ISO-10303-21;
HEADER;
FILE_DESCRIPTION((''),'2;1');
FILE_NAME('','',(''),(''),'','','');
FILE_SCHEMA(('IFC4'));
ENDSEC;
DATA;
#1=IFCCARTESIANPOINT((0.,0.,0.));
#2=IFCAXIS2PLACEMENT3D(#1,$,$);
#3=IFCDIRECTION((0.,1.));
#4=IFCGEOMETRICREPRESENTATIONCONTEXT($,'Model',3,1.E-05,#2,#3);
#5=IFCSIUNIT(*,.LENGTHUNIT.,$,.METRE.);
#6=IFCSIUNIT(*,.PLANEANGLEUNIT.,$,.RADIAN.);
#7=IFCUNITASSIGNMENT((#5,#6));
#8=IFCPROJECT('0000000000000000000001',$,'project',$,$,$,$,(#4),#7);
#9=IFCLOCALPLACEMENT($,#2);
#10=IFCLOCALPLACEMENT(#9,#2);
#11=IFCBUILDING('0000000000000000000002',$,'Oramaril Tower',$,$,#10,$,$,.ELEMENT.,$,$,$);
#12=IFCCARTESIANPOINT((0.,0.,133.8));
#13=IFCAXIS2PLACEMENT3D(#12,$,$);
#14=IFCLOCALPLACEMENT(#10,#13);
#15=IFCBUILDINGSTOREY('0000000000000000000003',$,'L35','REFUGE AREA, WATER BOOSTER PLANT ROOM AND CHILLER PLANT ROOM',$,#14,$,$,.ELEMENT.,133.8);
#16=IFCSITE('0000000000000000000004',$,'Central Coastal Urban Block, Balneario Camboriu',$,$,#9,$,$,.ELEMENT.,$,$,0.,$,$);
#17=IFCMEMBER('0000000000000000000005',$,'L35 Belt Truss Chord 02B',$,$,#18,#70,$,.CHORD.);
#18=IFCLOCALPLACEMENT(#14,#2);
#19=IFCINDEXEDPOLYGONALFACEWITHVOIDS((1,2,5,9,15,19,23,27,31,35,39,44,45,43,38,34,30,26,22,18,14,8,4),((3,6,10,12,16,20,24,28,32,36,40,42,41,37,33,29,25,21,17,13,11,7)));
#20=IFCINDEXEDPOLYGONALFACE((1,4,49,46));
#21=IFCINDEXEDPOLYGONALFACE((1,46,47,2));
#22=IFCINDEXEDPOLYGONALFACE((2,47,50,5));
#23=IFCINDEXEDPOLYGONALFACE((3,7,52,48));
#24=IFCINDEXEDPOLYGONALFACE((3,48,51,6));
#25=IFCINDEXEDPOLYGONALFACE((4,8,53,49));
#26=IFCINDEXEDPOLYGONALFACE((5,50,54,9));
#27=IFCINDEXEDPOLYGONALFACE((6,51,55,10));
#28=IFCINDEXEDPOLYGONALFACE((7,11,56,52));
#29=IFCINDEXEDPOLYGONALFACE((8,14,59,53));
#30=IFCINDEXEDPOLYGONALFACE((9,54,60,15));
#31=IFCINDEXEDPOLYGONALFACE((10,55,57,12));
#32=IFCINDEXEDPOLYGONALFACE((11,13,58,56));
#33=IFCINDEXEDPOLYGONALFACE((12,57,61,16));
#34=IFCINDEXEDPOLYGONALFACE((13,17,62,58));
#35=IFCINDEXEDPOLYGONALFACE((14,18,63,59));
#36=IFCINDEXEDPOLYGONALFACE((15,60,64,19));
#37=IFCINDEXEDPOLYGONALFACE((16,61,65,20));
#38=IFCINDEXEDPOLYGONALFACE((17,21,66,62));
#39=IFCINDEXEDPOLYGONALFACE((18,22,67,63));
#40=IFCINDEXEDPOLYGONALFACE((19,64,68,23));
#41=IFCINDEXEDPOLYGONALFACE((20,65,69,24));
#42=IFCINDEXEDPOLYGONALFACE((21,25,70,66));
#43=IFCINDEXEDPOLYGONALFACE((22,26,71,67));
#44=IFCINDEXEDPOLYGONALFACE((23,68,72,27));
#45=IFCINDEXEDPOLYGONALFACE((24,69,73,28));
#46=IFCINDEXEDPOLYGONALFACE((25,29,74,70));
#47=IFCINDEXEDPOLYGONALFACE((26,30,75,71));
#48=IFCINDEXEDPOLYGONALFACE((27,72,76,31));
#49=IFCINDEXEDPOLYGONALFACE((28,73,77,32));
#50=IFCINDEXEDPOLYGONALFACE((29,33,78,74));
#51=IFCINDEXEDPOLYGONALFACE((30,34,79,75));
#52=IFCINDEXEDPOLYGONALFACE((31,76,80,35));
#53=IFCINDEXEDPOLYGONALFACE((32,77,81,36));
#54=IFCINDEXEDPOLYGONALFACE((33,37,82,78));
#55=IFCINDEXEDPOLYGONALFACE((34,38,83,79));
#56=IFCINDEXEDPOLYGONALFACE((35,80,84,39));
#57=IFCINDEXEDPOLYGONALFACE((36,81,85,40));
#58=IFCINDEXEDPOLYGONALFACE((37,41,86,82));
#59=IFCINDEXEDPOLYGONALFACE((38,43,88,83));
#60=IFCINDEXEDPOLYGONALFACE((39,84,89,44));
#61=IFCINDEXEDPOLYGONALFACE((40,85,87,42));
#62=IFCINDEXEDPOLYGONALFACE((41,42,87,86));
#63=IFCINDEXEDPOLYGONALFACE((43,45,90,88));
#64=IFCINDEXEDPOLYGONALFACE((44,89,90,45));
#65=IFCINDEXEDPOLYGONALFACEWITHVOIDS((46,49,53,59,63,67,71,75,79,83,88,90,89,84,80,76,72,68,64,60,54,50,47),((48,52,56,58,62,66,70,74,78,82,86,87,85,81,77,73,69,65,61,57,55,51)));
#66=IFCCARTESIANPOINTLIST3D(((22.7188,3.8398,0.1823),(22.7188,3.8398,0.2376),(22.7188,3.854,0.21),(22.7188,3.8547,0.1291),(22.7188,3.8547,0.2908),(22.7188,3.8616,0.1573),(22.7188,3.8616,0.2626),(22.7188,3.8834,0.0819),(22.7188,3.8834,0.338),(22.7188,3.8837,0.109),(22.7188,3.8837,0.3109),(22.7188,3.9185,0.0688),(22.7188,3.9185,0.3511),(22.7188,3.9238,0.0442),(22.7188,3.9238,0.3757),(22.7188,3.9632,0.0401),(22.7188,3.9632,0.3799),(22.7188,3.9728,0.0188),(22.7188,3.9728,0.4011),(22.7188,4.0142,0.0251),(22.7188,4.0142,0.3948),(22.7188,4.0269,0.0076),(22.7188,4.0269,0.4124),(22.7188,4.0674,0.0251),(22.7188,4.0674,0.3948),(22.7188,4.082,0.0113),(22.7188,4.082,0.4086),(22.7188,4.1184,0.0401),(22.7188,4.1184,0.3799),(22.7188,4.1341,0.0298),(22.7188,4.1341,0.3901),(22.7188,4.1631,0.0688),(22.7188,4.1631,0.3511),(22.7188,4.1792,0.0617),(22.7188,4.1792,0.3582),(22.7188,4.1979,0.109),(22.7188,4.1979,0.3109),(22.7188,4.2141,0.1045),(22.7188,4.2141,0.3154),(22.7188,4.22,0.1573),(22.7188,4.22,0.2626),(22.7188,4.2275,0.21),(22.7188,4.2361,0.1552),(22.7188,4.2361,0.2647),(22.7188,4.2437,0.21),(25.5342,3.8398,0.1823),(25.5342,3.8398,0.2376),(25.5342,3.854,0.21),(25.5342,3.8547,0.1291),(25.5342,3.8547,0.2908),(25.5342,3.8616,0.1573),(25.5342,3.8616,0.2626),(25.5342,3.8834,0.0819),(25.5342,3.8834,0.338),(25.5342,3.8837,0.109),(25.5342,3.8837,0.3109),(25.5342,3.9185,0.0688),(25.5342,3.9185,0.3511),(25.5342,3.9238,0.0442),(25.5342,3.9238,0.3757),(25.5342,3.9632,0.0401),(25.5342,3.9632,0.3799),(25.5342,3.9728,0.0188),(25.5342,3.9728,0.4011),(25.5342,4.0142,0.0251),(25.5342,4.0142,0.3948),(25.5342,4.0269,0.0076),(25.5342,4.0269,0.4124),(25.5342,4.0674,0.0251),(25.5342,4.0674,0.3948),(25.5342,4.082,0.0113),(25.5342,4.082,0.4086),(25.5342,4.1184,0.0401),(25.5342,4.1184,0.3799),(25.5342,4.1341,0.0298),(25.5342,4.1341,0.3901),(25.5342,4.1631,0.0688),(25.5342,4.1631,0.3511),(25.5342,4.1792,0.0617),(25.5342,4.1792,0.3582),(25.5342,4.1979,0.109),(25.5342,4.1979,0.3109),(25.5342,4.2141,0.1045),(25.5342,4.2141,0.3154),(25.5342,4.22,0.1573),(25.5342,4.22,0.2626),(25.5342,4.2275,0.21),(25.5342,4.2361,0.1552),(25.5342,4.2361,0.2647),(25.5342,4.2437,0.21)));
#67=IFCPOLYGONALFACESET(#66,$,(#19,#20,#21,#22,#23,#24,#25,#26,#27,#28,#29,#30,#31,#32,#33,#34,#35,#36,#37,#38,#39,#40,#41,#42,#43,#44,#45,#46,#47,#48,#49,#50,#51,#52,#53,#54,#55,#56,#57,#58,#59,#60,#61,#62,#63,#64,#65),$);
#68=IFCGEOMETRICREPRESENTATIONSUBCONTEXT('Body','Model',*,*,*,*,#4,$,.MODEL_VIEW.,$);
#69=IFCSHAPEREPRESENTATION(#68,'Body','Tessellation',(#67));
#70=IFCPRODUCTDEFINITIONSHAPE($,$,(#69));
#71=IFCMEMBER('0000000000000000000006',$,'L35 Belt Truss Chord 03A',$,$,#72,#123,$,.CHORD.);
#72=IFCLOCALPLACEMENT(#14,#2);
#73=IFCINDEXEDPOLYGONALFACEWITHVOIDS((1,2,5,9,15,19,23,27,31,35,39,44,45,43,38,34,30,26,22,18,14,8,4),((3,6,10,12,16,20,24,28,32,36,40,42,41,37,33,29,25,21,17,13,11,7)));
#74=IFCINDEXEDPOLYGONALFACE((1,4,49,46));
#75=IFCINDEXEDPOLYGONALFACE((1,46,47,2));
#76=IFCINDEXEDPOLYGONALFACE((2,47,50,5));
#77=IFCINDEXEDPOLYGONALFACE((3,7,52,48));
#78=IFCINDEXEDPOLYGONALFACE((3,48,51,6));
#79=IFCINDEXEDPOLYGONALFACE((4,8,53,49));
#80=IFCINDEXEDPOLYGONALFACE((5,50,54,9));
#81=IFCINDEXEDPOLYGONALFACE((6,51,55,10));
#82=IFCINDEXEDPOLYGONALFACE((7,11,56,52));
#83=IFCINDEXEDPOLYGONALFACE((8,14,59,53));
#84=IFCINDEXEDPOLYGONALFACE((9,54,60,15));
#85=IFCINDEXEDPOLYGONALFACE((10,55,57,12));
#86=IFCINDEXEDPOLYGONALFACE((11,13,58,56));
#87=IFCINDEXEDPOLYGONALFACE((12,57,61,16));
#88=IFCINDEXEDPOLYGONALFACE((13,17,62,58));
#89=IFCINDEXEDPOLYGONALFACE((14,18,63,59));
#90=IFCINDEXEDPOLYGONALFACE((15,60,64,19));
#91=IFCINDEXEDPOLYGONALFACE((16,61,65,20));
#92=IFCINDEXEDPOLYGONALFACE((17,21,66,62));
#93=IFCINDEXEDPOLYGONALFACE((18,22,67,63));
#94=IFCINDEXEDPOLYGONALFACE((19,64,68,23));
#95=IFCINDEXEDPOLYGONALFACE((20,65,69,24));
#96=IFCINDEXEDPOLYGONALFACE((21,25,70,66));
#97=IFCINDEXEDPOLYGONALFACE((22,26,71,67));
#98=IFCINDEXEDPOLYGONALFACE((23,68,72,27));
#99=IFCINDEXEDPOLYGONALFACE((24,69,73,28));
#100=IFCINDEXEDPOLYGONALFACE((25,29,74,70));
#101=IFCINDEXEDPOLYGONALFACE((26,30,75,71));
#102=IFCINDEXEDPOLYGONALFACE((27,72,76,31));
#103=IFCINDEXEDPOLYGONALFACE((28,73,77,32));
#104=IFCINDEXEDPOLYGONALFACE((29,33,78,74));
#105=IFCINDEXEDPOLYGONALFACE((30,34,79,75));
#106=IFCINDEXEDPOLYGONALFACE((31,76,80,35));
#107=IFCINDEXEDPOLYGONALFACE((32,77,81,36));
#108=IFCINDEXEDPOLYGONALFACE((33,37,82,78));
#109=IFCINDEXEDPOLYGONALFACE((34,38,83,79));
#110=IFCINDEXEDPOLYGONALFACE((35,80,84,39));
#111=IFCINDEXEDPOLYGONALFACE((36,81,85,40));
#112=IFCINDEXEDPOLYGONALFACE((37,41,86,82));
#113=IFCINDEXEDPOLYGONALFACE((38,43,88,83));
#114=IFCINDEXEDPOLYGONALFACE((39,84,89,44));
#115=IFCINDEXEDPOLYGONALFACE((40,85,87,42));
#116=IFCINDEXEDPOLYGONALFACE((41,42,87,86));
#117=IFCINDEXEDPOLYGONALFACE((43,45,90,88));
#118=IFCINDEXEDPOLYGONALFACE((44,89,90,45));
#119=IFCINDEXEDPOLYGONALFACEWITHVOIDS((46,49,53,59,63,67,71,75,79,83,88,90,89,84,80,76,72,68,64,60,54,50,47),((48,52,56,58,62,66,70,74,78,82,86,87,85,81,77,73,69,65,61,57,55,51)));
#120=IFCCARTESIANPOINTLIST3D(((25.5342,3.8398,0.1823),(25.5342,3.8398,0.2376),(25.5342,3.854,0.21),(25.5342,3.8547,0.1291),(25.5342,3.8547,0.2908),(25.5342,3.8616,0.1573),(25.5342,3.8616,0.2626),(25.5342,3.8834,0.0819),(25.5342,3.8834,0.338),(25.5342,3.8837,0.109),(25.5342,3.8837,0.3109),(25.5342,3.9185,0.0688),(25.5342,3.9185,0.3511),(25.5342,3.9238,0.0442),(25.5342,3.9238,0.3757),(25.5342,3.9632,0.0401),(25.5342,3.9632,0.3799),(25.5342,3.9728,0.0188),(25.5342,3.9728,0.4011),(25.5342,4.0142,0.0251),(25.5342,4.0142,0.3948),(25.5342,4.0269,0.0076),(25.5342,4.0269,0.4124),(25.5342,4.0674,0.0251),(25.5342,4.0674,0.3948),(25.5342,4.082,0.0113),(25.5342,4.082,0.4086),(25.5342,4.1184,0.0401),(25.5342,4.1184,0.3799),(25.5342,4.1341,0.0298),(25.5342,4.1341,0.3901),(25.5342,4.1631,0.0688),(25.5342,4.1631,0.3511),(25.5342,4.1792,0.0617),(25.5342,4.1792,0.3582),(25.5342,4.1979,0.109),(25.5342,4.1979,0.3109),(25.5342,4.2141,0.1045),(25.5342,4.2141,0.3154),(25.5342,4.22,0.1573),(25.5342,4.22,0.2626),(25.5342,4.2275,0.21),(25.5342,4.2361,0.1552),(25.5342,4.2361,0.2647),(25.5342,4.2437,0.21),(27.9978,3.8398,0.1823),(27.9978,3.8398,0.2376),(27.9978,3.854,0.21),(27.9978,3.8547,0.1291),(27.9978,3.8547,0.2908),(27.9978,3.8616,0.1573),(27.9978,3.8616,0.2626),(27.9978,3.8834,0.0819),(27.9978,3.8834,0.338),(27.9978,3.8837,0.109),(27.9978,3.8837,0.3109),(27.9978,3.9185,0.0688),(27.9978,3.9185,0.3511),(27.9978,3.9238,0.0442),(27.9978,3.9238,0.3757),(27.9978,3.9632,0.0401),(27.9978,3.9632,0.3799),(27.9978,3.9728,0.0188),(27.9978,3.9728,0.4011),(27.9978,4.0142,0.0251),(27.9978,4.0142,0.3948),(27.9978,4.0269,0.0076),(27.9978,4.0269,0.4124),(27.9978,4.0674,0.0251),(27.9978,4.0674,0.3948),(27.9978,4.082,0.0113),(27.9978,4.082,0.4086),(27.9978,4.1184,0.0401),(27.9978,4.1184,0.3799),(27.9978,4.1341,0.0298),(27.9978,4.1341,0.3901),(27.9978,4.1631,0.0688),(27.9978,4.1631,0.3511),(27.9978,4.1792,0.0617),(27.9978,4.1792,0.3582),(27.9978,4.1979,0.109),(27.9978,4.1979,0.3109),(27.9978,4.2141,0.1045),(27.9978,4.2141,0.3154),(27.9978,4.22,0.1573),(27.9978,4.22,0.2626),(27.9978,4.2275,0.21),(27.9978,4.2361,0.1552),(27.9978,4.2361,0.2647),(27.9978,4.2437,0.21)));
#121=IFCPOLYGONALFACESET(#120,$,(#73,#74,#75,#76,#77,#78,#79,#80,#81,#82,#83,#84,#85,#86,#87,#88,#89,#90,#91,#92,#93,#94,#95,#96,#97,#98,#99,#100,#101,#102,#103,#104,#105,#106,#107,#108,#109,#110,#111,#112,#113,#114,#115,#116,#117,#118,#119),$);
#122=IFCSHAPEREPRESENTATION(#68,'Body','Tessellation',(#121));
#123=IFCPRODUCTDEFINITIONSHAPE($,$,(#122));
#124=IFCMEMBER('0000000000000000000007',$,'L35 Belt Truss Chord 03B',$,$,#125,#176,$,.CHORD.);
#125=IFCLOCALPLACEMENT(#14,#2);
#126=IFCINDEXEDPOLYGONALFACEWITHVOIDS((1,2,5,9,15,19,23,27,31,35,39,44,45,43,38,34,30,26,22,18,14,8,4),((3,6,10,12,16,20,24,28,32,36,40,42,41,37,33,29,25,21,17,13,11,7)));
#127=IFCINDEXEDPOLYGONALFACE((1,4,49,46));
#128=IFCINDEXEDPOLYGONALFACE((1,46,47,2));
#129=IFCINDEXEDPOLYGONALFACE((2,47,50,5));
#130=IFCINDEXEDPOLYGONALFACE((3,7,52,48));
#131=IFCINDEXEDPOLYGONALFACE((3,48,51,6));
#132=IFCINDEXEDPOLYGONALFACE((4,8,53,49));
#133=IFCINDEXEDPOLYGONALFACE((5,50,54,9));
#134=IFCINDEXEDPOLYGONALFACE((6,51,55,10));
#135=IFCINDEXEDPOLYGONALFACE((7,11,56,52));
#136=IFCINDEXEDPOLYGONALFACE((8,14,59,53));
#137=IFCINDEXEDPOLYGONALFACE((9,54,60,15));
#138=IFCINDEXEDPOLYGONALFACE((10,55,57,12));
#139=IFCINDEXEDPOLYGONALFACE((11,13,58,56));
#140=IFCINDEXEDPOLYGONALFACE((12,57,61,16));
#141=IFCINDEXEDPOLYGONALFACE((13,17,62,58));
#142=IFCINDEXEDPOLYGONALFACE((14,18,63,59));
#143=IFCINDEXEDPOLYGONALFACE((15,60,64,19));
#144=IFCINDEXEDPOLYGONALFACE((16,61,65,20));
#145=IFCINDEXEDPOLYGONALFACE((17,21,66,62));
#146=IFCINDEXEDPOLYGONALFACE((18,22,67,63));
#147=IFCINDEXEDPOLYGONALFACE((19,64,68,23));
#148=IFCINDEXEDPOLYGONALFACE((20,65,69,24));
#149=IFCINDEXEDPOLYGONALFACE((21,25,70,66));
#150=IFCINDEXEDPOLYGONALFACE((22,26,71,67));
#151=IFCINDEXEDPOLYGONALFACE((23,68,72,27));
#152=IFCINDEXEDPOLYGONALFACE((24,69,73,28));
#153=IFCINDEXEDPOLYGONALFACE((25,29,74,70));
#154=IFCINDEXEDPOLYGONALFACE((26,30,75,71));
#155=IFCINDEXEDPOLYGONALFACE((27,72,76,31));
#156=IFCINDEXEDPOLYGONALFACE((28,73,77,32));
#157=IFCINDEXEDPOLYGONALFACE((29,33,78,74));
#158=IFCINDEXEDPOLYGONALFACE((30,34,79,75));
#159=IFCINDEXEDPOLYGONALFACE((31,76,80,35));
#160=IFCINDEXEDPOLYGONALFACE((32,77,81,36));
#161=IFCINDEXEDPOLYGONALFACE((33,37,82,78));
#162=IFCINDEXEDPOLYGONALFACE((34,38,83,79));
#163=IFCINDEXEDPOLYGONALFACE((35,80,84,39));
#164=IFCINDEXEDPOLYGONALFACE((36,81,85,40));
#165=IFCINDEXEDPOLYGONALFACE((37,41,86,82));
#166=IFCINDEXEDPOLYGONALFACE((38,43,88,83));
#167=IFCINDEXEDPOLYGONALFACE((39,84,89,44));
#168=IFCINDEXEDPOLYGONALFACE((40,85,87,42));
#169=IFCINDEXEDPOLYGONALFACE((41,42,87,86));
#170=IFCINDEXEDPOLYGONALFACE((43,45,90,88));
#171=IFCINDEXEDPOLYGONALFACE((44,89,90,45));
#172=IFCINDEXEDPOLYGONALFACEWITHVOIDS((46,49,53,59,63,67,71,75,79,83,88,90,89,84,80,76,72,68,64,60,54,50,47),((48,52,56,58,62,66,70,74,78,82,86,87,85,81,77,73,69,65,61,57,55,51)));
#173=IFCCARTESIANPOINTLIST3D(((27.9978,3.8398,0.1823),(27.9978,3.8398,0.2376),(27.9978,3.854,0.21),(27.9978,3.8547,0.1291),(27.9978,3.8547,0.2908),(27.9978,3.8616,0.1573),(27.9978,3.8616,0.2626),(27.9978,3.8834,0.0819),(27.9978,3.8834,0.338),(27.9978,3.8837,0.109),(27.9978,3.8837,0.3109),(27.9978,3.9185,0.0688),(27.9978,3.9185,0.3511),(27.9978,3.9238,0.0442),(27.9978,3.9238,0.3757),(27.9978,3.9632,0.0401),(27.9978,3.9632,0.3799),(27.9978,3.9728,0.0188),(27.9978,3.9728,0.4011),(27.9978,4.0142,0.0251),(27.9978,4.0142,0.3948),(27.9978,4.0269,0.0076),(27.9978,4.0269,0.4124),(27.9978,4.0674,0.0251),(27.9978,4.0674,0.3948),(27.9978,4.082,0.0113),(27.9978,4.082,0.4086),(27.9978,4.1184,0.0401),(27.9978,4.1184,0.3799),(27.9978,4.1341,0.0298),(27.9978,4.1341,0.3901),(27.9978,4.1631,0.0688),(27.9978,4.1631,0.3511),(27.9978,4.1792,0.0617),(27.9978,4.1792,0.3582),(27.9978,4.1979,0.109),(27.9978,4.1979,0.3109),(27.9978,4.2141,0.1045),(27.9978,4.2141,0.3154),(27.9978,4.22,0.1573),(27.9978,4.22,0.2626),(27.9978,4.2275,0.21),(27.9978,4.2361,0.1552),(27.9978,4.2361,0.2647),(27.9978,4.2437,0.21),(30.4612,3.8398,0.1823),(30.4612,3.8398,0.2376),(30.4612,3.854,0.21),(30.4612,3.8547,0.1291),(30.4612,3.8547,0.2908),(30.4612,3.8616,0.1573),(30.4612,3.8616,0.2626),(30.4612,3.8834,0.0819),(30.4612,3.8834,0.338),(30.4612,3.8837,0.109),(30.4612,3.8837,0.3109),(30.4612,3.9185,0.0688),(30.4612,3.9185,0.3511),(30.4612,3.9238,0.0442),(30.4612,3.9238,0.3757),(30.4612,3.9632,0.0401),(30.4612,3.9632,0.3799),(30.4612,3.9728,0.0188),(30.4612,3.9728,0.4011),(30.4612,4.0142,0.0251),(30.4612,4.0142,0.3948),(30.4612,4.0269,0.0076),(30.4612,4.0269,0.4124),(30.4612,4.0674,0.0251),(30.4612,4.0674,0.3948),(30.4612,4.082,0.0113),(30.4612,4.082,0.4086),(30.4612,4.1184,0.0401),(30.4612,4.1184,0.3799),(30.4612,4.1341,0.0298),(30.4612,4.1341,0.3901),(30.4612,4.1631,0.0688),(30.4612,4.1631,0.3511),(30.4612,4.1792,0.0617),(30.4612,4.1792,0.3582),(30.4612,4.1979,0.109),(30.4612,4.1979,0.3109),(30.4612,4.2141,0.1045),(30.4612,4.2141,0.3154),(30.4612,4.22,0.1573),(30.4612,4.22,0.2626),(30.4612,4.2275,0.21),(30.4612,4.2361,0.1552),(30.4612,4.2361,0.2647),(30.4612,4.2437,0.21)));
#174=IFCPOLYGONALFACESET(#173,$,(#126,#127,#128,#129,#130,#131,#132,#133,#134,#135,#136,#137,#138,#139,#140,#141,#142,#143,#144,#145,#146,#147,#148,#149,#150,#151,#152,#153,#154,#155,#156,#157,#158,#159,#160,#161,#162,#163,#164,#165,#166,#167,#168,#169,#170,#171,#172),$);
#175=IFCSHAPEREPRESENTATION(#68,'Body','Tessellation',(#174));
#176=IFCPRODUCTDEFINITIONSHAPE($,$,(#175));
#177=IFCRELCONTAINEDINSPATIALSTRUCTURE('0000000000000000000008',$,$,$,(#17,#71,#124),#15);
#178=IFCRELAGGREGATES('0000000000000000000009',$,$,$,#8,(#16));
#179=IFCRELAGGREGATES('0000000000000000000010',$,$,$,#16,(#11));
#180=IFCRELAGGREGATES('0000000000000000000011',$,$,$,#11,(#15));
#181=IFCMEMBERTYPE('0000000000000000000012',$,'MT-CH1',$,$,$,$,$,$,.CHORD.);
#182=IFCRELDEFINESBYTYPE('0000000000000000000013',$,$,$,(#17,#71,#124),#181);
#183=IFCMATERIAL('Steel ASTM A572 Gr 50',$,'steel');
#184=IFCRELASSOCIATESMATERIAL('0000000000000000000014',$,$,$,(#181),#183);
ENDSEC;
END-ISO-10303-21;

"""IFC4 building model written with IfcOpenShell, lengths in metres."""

from ifc_helpers import new_model, si_unit, direction, frame, origin, origin_2d, place, context, subcontext, project, spatial, hollow_circle, extrude, material, material_profile, profile_set, type_object, element, save


model = new_model("IFC4")

# Units and contexts
model_context = context("Model", 3, precision=1e-05, world=origin(), true_north=direction((0.0, 1.0)))
body_context = subcontext(model_context, "Body", "Model", "MODEL_VIEW")
ifc_project = project(units=[si_unit("LENGTHUNIT", "METRE"), si_unit("PLANEANGLEUNIT", "RADIAN")], contexts=[model_context])

# Site, building, storey
site_placement = place(None, origin())
site = spatial("IfcSite", under=ifc_project, at=site_placement, Name="Central Coastal Urban Block, Balneario Camboriu", CompositionType="ELEMENT", RefElevation=0.0)
building_placement = place(site_placement, origin())
building = spatial("IfcBuilding", under=site, at=building_placement, Name="Oramaril Tower", CompositionType="ELEMENT")
storey_placement = place(building_placement, frame((0.0, 0.0, 133.8)))
storey = spatial("IfcBuildingStorey", under=building, at=storey_placement, Name="L35", Description="REFUGE AREA, WATER BOOSTER PLANT ROOM AND CHILLER PLANT ROOM", CompositionType="ELEMENT", Elevation=133.8)

# Members
ifc_material_1 = material(Name="Steel ASTM A572 Gr 50", Category="steel")
ifc_material_profile_1 = material_profile(ifc_material_1, hollow_circle(Radius=0.2029, WallThickness=0.0161, at=origin_2d()), Name="CHS406X16")
ifc_profile_set_1 = profile_set([ifc_material_profile_1], Name="Steel ASTM A572 Gr 50")
member_type_1 = type_object("IfcMemberType", Name="MT-CH1", PredefinedType="CHORD", material=ifc_profile_set_1)
for number, where, z_axis, x_axis, name in (
    (1, (22.7188, 4.0408, 0.21), (1.0, 0.0, 0.0), (0.0, 1.0, 0.0), "L35 Belt Truss Chord 02B"),
):
    element("IfcMember", number, at=place(storey_placement, frame(where, z_axis=z_axis, x_axis=x_axis)), inside=storey, type_object=member_type_1, Name=name, PredefinedType="CHORD", context=body_context, shape_type="SweptSolid", body=[
        extrude(hollow_circle(Radius=0.2029, WallThickness=0.0161, at=origin_2d()), origin(), (0.0, 0.0, 1.0), 2.8154),
    ])
member_1_placement = place(storey_placement, frame((25.5342, 4.0408, 0.21), z_axis=(1.0, 0.0, 0.0), x_axis=(0.0, 1.0, 0.0)))
element("IfcMember", 2, at=member_1_placement, inside=storey, type_object=member_type_1, Name="L35 Belt Truss Chord 03A", PredefinedType="CHORD", context=body_context, shape_type="SweptSolid", body=[
    extrude(hollow_circle(Radius=0.2029, WallThickness=0.0161, at=origin_2d()), origin(), (0.0, 0.0, 1.0), 2.4636),
])
member_2_placement = place(storey_placement, frame((27.9978, 4.0408, 0.21), z_axis=(1.0, 0.0, 0.0), x_axis=(0.0, 1.0, 0.0)))
element("IfcMember", 3, at=member_2_placement, inside=storey, type_object=member_type_1, Name="L35 Belt Truss Chord 03B", PredefinedType="CHORD", context=body_context, shape_type="SweptSolid", body=[
    extrude(hollow_circle(Radius=0.2029, WallThickness=0.0161, at=origin_2d()), origin(), (0.0, 0.0, 1.0), 2.4634),
])

save(model, "model.ifc")
